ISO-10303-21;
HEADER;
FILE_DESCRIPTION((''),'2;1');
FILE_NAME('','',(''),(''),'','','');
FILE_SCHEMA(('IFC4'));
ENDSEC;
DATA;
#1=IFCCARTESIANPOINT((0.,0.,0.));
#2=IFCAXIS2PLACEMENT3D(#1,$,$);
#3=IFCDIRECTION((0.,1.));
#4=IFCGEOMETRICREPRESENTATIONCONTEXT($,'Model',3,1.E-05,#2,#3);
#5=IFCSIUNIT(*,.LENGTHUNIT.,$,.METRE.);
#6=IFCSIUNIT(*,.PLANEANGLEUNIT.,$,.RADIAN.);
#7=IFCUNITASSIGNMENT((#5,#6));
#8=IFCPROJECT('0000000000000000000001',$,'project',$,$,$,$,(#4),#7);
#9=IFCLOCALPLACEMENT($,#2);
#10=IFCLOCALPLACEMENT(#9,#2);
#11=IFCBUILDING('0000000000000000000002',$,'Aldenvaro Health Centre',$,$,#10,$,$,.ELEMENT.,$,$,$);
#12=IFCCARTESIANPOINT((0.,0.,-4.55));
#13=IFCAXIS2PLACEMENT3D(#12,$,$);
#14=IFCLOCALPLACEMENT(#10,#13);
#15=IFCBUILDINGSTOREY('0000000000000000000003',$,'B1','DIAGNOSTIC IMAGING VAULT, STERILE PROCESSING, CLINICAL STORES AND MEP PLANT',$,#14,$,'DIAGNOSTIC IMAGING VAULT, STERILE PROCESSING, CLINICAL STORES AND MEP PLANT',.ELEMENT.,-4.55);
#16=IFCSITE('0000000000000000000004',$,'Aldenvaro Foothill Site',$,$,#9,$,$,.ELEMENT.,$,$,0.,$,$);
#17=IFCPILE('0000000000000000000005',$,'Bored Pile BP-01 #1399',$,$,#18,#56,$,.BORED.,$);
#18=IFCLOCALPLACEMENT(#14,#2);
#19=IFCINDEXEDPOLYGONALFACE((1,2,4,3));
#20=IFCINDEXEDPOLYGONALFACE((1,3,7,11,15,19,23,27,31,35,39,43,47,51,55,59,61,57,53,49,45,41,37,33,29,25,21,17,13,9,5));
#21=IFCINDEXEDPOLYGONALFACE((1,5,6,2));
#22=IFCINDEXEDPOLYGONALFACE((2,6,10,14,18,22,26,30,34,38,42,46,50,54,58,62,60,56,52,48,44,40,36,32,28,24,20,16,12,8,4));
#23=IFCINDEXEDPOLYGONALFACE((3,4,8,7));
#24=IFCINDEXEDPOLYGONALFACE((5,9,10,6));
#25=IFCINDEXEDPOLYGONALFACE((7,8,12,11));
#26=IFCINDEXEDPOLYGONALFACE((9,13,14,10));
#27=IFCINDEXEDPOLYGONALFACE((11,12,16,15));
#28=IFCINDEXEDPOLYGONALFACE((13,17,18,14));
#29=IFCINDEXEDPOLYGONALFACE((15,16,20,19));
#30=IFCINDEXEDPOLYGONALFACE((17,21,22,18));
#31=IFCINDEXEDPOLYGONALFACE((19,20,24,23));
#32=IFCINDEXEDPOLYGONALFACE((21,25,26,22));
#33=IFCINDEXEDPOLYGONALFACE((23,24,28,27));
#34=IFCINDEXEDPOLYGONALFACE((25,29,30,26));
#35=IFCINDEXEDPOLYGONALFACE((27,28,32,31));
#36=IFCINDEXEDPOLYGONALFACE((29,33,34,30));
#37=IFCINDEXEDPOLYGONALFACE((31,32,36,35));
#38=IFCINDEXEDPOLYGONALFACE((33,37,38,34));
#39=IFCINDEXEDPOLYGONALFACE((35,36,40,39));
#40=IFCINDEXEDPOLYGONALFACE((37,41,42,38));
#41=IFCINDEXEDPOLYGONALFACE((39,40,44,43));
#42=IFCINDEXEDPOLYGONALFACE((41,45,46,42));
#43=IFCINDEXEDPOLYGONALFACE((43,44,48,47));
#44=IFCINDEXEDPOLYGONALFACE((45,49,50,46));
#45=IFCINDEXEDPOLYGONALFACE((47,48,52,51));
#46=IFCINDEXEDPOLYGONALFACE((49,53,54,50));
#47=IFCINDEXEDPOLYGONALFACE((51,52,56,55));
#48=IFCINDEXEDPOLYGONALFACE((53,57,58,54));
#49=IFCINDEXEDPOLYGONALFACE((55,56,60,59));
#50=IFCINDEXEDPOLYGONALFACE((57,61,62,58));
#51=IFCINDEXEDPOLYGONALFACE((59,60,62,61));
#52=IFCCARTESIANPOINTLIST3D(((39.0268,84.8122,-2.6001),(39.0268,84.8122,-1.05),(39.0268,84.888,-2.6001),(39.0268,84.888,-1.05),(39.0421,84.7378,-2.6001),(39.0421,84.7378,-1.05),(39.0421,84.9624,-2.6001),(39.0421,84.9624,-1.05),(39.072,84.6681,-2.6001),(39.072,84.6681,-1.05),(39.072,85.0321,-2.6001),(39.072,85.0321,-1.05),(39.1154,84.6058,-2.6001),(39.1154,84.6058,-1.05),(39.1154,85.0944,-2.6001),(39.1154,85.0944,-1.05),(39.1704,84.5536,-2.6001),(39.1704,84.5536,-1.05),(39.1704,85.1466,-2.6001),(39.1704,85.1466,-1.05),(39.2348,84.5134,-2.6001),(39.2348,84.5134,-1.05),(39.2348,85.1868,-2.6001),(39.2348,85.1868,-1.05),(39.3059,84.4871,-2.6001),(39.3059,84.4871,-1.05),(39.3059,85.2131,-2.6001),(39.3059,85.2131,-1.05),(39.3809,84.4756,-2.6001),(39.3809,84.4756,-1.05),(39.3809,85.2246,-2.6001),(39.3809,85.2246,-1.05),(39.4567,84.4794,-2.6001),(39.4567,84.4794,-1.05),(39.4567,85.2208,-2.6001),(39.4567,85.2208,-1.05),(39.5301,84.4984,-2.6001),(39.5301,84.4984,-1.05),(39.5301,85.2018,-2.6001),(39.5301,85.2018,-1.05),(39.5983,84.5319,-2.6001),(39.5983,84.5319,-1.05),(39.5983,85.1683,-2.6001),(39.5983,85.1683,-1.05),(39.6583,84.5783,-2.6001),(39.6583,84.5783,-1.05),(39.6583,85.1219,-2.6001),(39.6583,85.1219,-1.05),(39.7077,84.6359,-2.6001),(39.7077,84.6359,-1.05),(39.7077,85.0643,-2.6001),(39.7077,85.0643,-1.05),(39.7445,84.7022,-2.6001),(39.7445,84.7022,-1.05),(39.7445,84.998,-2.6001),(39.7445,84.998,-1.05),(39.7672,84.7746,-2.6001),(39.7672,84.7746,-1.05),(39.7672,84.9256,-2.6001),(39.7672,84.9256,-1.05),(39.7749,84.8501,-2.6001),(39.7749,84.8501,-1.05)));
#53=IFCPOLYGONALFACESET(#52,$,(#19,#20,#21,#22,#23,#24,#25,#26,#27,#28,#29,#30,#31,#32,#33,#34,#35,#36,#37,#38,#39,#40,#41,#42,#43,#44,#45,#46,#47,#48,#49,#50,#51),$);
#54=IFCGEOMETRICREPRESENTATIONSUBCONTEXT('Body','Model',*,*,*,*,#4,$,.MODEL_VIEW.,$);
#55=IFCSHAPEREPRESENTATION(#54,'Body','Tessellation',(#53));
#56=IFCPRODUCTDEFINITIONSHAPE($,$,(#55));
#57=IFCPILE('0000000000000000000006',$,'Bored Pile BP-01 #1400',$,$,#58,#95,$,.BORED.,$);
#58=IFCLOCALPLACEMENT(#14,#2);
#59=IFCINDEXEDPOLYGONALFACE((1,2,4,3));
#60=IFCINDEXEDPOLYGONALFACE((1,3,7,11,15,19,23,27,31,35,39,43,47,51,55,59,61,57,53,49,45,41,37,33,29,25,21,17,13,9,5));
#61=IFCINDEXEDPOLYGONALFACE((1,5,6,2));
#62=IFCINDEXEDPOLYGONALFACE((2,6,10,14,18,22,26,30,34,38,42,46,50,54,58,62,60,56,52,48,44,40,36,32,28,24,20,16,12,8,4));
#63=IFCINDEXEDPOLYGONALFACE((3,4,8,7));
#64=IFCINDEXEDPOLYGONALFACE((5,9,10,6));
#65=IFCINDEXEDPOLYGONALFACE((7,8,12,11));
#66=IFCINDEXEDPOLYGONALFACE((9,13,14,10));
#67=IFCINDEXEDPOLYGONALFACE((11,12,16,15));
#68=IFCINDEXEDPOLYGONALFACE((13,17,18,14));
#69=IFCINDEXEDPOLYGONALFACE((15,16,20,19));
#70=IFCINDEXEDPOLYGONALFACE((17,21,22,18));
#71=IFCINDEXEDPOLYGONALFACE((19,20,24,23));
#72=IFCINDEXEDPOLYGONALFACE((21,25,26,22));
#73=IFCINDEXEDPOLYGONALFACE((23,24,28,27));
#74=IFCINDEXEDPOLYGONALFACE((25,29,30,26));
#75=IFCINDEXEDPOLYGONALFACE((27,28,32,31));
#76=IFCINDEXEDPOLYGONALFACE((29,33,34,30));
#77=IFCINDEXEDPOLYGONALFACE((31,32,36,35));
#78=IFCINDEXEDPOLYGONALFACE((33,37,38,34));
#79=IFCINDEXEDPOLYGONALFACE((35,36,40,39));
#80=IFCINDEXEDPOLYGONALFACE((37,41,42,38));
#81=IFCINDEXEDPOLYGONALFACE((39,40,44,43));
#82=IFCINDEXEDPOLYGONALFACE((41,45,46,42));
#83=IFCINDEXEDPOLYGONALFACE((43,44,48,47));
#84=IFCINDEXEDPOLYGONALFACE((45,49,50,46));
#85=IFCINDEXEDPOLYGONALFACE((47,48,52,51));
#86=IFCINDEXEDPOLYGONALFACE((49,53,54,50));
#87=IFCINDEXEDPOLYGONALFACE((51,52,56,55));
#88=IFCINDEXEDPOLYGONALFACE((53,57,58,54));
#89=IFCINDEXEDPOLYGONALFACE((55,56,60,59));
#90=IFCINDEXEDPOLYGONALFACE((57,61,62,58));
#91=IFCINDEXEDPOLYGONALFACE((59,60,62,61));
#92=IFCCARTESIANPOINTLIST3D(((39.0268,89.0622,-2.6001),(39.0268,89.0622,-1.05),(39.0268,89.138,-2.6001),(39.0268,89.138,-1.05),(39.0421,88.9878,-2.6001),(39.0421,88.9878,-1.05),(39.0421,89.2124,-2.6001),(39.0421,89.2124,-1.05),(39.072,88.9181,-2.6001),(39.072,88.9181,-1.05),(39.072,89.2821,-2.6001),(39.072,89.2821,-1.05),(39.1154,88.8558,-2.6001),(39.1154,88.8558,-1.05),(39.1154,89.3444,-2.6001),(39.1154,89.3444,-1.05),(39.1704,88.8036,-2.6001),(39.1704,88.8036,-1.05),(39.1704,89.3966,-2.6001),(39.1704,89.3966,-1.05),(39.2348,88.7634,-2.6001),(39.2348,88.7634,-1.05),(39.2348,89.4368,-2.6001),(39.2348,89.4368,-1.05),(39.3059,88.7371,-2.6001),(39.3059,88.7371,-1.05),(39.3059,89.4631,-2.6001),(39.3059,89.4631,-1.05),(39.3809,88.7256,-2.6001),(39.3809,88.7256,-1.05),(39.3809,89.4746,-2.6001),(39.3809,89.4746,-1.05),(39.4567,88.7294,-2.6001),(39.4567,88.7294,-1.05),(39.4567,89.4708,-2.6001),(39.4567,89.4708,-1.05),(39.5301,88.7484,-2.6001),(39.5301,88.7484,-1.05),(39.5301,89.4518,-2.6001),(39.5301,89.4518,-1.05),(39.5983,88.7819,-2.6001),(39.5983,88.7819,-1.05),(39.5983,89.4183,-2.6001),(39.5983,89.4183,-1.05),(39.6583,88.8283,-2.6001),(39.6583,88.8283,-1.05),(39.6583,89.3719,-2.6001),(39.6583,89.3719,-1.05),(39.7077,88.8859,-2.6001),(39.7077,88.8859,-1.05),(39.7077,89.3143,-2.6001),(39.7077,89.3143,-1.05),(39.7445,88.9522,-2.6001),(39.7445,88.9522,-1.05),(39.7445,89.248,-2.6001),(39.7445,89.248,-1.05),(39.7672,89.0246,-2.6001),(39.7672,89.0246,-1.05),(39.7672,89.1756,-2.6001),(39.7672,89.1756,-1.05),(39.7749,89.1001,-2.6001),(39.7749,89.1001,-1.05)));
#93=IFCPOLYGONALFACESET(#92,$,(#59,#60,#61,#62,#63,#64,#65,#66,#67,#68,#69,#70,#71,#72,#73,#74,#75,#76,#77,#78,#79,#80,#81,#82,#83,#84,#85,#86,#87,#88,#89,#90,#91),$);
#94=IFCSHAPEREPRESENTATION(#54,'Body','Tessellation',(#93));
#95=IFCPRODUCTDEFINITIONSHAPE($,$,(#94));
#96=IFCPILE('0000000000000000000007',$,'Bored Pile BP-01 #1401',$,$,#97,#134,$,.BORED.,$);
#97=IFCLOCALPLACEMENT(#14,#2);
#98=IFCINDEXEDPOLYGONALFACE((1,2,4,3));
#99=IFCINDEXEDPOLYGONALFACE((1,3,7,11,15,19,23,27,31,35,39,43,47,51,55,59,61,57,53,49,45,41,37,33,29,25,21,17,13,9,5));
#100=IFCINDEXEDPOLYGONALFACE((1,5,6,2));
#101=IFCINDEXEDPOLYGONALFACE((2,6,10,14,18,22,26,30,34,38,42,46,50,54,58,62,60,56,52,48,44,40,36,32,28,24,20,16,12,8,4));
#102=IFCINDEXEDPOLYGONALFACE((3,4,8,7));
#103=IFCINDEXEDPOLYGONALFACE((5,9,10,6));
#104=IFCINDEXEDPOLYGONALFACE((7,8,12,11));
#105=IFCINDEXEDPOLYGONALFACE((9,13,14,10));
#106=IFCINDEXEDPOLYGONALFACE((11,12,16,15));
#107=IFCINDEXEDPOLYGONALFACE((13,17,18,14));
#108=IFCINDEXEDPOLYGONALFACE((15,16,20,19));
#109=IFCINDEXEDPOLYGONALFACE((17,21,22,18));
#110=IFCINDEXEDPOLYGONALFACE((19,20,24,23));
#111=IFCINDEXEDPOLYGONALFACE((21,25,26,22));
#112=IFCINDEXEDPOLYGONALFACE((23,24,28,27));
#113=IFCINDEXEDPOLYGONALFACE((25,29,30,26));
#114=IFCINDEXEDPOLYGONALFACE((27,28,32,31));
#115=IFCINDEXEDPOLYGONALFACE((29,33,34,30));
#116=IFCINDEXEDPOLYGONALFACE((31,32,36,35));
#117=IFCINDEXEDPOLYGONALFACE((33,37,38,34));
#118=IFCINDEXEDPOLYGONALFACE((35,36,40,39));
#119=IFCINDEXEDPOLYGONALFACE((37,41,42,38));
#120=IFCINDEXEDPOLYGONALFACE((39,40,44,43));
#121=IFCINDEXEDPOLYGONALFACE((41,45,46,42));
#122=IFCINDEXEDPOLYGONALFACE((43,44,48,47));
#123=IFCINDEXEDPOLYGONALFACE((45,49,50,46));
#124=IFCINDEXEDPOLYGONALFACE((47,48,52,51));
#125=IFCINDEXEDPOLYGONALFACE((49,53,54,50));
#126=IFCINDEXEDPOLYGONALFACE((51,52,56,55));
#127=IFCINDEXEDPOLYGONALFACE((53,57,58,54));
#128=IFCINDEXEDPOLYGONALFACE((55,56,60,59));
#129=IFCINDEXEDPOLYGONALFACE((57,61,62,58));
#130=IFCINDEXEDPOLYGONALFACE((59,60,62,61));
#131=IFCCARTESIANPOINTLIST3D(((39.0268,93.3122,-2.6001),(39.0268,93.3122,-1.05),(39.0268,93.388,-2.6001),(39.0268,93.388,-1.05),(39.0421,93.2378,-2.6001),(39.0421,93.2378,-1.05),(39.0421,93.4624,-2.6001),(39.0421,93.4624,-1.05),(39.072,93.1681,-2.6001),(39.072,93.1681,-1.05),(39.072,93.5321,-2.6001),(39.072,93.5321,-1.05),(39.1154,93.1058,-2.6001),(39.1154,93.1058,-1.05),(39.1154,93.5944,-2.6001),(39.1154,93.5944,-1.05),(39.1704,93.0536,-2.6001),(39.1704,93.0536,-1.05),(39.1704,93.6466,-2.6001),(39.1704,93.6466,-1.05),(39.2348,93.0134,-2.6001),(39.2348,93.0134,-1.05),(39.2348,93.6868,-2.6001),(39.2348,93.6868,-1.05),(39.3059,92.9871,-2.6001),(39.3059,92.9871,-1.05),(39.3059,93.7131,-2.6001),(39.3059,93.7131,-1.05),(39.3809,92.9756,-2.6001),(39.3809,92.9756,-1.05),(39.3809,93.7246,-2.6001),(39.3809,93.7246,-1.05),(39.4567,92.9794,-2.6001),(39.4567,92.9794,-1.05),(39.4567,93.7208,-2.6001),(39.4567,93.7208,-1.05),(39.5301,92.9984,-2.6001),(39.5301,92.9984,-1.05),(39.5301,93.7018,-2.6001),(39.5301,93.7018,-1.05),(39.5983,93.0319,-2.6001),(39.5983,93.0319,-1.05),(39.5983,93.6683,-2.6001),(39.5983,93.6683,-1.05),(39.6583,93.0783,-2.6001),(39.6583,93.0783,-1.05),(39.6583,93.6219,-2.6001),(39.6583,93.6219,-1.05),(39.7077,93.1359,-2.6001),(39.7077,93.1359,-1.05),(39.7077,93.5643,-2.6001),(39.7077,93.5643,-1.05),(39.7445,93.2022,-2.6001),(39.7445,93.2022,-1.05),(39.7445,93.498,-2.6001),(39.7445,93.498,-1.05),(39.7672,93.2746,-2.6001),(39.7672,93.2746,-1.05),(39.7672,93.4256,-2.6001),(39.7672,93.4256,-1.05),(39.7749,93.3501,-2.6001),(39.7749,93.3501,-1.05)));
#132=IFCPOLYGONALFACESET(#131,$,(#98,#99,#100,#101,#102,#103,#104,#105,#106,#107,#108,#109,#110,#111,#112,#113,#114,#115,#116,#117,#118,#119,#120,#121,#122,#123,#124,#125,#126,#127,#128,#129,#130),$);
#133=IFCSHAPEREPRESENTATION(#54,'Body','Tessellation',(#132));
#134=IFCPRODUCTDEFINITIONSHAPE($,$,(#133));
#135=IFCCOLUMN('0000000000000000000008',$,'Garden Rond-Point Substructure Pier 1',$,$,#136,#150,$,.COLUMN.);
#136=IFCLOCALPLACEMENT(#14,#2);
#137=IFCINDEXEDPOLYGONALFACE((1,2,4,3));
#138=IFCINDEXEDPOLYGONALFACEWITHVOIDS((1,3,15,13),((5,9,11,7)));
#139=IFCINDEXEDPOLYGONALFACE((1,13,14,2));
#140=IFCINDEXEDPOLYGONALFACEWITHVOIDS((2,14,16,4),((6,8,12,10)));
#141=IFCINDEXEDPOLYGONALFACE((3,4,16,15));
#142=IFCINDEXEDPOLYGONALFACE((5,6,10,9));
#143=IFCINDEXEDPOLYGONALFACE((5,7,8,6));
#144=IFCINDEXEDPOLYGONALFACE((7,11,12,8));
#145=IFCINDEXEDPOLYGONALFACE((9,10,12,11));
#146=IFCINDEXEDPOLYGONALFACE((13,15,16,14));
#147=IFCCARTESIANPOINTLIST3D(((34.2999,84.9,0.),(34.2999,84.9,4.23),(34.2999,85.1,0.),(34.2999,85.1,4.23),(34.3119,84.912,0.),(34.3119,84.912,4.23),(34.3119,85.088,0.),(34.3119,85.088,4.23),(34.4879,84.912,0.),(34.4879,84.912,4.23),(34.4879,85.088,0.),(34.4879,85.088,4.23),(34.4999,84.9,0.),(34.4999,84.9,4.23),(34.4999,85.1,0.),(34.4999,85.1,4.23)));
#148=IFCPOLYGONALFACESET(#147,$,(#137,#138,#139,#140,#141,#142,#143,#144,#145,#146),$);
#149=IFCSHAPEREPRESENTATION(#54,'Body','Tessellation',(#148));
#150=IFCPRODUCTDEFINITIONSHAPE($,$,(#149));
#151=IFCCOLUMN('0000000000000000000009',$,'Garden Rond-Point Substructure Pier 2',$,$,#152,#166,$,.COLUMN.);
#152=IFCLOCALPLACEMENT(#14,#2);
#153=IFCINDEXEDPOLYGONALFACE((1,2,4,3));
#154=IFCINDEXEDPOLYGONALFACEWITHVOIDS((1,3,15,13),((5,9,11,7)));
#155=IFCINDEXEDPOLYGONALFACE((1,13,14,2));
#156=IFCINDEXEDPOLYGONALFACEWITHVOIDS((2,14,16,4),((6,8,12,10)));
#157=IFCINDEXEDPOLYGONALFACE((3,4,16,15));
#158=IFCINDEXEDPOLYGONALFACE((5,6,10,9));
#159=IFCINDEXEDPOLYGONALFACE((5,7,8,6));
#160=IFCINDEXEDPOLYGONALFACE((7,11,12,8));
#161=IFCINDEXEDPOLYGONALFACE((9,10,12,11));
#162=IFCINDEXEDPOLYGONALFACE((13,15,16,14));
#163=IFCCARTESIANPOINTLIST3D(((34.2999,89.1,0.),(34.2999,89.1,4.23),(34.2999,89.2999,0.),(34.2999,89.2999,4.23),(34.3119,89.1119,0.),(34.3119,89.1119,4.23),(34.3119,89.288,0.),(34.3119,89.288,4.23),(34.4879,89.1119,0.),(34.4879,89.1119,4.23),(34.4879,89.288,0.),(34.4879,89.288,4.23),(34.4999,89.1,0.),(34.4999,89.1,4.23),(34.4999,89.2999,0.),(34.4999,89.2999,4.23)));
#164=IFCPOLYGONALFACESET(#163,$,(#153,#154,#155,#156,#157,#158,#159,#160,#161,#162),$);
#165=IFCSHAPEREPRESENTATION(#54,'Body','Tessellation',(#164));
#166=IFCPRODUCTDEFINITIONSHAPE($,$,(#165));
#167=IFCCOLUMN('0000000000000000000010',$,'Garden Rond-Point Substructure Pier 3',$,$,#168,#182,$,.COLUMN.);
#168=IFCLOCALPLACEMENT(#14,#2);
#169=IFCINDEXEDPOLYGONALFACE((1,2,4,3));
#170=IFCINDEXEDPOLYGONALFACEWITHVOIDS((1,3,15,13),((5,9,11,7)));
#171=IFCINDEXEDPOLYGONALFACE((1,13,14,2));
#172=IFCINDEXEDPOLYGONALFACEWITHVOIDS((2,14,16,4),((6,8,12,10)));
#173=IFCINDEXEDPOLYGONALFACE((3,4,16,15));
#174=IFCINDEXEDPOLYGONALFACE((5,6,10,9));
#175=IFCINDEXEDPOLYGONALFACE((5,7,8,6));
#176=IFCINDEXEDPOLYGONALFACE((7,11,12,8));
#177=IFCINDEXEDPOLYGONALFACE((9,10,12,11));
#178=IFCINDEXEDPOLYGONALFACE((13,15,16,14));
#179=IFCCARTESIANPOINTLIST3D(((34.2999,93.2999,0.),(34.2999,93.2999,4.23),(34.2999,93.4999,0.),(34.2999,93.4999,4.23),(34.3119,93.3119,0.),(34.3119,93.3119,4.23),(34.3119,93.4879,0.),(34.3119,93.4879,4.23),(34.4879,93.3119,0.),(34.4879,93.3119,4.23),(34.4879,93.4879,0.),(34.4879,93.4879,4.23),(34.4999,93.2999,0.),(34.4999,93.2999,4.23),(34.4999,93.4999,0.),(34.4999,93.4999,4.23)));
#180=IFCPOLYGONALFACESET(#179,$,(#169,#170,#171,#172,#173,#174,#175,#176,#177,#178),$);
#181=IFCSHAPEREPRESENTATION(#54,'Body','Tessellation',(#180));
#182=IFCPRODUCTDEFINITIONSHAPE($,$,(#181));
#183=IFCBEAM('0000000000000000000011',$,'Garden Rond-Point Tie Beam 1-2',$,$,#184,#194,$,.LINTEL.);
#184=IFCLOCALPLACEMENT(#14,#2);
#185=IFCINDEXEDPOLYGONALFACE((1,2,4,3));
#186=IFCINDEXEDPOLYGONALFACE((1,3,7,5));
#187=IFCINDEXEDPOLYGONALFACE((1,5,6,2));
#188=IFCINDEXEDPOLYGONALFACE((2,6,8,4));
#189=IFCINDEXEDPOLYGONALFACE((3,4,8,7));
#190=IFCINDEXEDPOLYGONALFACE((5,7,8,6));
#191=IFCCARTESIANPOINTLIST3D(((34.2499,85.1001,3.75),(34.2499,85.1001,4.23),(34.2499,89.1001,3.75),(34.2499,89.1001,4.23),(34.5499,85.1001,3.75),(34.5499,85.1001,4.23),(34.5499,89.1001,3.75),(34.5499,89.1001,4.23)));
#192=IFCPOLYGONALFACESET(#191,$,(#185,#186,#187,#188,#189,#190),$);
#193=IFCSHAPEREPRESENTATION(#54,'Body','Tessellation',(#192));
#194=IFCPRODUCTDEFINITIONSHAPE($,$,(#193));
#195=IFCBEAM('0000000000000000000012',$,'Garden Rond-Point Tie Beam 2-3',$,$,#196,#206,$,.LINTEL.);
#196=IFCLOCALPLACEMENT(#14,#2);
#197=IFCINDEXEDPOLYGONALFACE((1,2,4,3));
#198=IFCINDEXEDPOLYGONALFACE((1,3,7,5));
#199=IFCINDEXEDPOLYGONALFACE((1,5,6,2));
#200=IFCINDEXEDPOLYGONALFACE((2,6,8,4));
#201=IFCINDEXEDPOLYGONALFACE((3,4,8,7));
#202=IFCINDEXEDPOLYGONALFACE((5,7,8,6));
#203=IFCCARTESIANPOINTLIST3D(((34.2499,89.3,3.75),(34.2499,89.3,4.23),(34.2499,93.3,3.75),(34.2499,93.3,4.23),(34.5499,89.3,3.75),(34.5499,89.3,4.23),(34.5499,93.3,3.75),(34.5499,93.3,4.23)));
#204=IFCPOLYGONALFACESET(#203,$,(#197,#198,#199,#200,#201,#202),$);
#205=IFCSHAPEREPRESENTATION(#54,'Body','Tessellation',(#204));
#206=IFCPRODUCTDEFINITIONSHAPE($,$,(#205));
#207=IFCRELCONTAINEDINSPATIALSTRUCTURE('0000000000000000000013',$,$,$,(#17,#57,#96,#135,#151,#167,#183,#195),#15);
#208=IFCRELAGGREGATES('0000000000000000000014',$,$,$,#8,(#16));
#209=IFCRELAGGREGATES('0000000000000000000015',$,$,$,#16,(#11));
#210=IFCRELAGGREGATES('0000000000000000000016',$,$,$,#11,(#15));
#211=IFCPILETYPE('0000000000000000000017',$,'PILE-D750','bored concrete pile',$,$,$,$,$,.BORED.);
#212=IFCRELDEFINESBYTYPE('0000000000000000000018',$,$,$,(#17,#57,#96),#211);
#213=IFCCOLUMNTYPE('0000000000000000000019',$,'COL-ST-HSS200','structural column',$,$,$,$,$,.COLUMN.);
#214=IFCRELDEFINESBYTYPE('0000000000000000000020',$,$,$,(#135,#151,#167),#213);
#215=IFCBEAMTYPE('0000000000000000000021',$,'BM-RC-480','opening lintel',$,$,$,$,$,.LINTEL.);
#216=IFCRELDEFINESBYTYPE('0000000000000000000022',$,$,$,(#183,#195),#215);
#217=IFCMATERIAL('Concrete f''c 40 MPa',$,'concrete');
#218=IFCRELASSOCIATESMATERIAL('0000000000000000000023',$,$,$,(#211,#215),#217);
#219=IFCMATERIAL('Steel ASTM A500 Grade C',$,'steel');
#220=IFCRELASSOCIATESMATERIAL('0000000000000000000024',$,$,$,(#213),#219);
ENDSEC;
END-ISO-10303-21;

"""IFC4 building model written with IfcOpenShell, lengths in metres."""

from ifc_helpers import new_model, si_unit, direction, frame, origin, origin_2d, place, context, subcontext, project, spatial, rectangle, hollow_rectangle, circle, extrude, material, material_profile, profile_set, type_object, element, save


model = new_model("IFC4")

# Units and contexts
model_context = context("Model", 3, precision=1e-05, world=origin(), true_north=direction((0.0, 1.0)))
body_context = subcontext(model_context, "Body", "Model", "MODEL_VIEW")
ifc_project = project(units=[si_unit("LENGTHUNIT", "METRE"), si_unit("PLANEANGLEUNIT", "RADIAN")], contexts=[model_context])

# Site, building, storey
site_placement = place(None, origin())
site = spatial("IfcSite", under=ifc_project, at=site_placement, Name="Aldenvaro Foothill Site", CompositionType="ELEMENT", RefElevation=0.0)
building_placement = place(site_placement, origin())
building = spatial("IfcBuilding", under=site, at=building_placement, Name="Aldenvaro Health Centre", CompositionType="ELEMENT")
storey_placement = place(building_placement, frame((0.0, 0.0, -4.55)))
storey = spatial("IfcBuildingStorey", under=building, at=storey_placement, Name="B1", Description="DIAGNOSTIC IMAGING VAULT, STERILE PROCESSING, CLINICAL STORES AND MEP PLANT", LongName="DIAGNOSTIC IMAGING VAULT, STERILE PROCESSING, CLINICAL STORES AND MEP PLANT", CompositionType="ELEMENT", Elevation=-4.55)

# Shared definitions
ifc_material_1 = material(Name="Concrete f'c 40 MPa", Category="concrete")

# Piles
ifc_material_profile_1 = material_profile(ifc_material_1, circle(Radius=0.375, at=origin_2d()), Name="PILE D750", Category="concrete")
ifc_profile_set_1 = profile_set([ifc_material_profile_1], Name="Concrete f'c 40 MPa")
pile_type_1 = type_object("IfcPileType", Name="PILE-D750", Description="bored concrete pile", PredefinedType="BORED", material=ifc_profile_set_1)
for number, where, z_axis, x_axis, name in (
    (1, (39.3999, 84.8501, -1.05), (0.0, 0.0, -1.0), (1.0, 0.0, 0.0), "Bored Pile BP-01 #1399"),
    (2, (39.3999, 89.1001, -1.05), (0.0, 0.0, -1.0), (1.0, 0.0, 0.0), "Bored Pile BP-01 #1400"),
    (3, (39.3999, 93.3501, -1.05), (0.0, 0.0, -1.0), (1.0, 0.0, 0.0), "Bored Pile BP-01 #1401"),
):
    element("IfcPile", number, at=place(storey_placement, frame(where, z_axis=z_axis, x_axis=x_axis)), inside=storey, type_object=pile_type_1, Name=name, PredefinedType="BORED", context=body_context, shape_type="SweptSolid", body=[
        extrude(circle(Radius=0.375, at=origin_2d()), origin(), (0.0, 0.0, 1.0), 1.55),
    ])

# Columns
ifc_material_2 = material(Name="Steel ASTM A500 Grade C", Category="steel")
ifc_material_profile_2 = material_profile(ifc_material_2, hollow_rectangle(XDim=0.2, YDim=0.2, WallThickness=0.012, at=origin_2d()), Name="HSS200X200X12", Category="steel")
ifc_profile_set_2 = profile_set([ifc_material_profile_2], Name="Steel ASTM A500 Grade C")
column_type = type_object("IfcColumnType", Name="COL-ST-HSS200", Description="structural column", PredefinedType="COLUMN", material=ifc_profile_set_2)
for number, where, z_axis, x_axis, name in (
    (4, (34.3999, 85.0, 0.0), (0.0, 0.0, 1.0), (1.0, 0.0, 0.0), "Garden Rond-Point Substructure Pier 1"),
    (5, (34.3999, 89.2, 0.0), (0.0, 0.0, 1.0), (1.0, 0.0, 0.0), "Garden Rond-Point Substructure Pier 2"),
    (6, (34.3999, 93.3999, 0.0), (0.0, 0.0, 1.0), (1.0, 0.0, 0.0), "Garden Rond-Point Substructure Pier 3"),
):
    element("IfcColumn", number, at=place(storey_placement, frame(where, z_axis=z_axis, x_axis=x_axis)), inside=storey, type_object=column_type, Name=name, PredefinedType="COLUMN", context=body_context, shape_type="SweptSolid", body=[
        extrude(hollow_rectangle(XDim=0.2, YDim=0.2, WallThickness=0.012, at=origin_2d()), origin(), (0.0, 0.0, 1.0), 4.23),
    ])

# Beams
ifc_material_profile_3 = material_profile(ifc_material_1, rectangle(XDim=0.3, YDim=0.48, at=origin_2d()), Name="RC 300x480", Category="concrete")
ifc_profile_set_3 = profile_set([ifc_material_profile_3], Name="Concrete f'c 40 MPa")
beam_type_1 = type_object("IfcBeamType", Name="BM-RC-480", Description="opening lintel", PredefinedType="LINTEL", material=ifc_profile_set_3)
for number, where, z_axis, x_axis, name in (
    (7, (34.3999, 85.1001, 3.99), (0.0, 1.0, 0.0), (-1.0, 0.0, 0.0), "Garden Rond-Point Tie Beam 1-2"),
    (8, (34.3999, 89.3, 3.99), (0.0, 1.0, 0.0), (-1.0, 0.0, 0.0), "Garden Rond-Point Tie Beam 2-3"),
):
    element("IfcBeam", number, at=place(storey_placement, frame(where, z_axis=z_axis, x_axis=x_axis)), inside=storey, type_object=beam_type_1, Name=name, PredefinedType="LINTEL", context=body_context, shape_type="SweptSolid", body=[
        extrude(rectangle(XDim=0.3, YDim=0.48, at=origin_2d()), origin(), (0.0, 0.0, 1.0), 4.0),
    ])

save(model, "model.ifc")
